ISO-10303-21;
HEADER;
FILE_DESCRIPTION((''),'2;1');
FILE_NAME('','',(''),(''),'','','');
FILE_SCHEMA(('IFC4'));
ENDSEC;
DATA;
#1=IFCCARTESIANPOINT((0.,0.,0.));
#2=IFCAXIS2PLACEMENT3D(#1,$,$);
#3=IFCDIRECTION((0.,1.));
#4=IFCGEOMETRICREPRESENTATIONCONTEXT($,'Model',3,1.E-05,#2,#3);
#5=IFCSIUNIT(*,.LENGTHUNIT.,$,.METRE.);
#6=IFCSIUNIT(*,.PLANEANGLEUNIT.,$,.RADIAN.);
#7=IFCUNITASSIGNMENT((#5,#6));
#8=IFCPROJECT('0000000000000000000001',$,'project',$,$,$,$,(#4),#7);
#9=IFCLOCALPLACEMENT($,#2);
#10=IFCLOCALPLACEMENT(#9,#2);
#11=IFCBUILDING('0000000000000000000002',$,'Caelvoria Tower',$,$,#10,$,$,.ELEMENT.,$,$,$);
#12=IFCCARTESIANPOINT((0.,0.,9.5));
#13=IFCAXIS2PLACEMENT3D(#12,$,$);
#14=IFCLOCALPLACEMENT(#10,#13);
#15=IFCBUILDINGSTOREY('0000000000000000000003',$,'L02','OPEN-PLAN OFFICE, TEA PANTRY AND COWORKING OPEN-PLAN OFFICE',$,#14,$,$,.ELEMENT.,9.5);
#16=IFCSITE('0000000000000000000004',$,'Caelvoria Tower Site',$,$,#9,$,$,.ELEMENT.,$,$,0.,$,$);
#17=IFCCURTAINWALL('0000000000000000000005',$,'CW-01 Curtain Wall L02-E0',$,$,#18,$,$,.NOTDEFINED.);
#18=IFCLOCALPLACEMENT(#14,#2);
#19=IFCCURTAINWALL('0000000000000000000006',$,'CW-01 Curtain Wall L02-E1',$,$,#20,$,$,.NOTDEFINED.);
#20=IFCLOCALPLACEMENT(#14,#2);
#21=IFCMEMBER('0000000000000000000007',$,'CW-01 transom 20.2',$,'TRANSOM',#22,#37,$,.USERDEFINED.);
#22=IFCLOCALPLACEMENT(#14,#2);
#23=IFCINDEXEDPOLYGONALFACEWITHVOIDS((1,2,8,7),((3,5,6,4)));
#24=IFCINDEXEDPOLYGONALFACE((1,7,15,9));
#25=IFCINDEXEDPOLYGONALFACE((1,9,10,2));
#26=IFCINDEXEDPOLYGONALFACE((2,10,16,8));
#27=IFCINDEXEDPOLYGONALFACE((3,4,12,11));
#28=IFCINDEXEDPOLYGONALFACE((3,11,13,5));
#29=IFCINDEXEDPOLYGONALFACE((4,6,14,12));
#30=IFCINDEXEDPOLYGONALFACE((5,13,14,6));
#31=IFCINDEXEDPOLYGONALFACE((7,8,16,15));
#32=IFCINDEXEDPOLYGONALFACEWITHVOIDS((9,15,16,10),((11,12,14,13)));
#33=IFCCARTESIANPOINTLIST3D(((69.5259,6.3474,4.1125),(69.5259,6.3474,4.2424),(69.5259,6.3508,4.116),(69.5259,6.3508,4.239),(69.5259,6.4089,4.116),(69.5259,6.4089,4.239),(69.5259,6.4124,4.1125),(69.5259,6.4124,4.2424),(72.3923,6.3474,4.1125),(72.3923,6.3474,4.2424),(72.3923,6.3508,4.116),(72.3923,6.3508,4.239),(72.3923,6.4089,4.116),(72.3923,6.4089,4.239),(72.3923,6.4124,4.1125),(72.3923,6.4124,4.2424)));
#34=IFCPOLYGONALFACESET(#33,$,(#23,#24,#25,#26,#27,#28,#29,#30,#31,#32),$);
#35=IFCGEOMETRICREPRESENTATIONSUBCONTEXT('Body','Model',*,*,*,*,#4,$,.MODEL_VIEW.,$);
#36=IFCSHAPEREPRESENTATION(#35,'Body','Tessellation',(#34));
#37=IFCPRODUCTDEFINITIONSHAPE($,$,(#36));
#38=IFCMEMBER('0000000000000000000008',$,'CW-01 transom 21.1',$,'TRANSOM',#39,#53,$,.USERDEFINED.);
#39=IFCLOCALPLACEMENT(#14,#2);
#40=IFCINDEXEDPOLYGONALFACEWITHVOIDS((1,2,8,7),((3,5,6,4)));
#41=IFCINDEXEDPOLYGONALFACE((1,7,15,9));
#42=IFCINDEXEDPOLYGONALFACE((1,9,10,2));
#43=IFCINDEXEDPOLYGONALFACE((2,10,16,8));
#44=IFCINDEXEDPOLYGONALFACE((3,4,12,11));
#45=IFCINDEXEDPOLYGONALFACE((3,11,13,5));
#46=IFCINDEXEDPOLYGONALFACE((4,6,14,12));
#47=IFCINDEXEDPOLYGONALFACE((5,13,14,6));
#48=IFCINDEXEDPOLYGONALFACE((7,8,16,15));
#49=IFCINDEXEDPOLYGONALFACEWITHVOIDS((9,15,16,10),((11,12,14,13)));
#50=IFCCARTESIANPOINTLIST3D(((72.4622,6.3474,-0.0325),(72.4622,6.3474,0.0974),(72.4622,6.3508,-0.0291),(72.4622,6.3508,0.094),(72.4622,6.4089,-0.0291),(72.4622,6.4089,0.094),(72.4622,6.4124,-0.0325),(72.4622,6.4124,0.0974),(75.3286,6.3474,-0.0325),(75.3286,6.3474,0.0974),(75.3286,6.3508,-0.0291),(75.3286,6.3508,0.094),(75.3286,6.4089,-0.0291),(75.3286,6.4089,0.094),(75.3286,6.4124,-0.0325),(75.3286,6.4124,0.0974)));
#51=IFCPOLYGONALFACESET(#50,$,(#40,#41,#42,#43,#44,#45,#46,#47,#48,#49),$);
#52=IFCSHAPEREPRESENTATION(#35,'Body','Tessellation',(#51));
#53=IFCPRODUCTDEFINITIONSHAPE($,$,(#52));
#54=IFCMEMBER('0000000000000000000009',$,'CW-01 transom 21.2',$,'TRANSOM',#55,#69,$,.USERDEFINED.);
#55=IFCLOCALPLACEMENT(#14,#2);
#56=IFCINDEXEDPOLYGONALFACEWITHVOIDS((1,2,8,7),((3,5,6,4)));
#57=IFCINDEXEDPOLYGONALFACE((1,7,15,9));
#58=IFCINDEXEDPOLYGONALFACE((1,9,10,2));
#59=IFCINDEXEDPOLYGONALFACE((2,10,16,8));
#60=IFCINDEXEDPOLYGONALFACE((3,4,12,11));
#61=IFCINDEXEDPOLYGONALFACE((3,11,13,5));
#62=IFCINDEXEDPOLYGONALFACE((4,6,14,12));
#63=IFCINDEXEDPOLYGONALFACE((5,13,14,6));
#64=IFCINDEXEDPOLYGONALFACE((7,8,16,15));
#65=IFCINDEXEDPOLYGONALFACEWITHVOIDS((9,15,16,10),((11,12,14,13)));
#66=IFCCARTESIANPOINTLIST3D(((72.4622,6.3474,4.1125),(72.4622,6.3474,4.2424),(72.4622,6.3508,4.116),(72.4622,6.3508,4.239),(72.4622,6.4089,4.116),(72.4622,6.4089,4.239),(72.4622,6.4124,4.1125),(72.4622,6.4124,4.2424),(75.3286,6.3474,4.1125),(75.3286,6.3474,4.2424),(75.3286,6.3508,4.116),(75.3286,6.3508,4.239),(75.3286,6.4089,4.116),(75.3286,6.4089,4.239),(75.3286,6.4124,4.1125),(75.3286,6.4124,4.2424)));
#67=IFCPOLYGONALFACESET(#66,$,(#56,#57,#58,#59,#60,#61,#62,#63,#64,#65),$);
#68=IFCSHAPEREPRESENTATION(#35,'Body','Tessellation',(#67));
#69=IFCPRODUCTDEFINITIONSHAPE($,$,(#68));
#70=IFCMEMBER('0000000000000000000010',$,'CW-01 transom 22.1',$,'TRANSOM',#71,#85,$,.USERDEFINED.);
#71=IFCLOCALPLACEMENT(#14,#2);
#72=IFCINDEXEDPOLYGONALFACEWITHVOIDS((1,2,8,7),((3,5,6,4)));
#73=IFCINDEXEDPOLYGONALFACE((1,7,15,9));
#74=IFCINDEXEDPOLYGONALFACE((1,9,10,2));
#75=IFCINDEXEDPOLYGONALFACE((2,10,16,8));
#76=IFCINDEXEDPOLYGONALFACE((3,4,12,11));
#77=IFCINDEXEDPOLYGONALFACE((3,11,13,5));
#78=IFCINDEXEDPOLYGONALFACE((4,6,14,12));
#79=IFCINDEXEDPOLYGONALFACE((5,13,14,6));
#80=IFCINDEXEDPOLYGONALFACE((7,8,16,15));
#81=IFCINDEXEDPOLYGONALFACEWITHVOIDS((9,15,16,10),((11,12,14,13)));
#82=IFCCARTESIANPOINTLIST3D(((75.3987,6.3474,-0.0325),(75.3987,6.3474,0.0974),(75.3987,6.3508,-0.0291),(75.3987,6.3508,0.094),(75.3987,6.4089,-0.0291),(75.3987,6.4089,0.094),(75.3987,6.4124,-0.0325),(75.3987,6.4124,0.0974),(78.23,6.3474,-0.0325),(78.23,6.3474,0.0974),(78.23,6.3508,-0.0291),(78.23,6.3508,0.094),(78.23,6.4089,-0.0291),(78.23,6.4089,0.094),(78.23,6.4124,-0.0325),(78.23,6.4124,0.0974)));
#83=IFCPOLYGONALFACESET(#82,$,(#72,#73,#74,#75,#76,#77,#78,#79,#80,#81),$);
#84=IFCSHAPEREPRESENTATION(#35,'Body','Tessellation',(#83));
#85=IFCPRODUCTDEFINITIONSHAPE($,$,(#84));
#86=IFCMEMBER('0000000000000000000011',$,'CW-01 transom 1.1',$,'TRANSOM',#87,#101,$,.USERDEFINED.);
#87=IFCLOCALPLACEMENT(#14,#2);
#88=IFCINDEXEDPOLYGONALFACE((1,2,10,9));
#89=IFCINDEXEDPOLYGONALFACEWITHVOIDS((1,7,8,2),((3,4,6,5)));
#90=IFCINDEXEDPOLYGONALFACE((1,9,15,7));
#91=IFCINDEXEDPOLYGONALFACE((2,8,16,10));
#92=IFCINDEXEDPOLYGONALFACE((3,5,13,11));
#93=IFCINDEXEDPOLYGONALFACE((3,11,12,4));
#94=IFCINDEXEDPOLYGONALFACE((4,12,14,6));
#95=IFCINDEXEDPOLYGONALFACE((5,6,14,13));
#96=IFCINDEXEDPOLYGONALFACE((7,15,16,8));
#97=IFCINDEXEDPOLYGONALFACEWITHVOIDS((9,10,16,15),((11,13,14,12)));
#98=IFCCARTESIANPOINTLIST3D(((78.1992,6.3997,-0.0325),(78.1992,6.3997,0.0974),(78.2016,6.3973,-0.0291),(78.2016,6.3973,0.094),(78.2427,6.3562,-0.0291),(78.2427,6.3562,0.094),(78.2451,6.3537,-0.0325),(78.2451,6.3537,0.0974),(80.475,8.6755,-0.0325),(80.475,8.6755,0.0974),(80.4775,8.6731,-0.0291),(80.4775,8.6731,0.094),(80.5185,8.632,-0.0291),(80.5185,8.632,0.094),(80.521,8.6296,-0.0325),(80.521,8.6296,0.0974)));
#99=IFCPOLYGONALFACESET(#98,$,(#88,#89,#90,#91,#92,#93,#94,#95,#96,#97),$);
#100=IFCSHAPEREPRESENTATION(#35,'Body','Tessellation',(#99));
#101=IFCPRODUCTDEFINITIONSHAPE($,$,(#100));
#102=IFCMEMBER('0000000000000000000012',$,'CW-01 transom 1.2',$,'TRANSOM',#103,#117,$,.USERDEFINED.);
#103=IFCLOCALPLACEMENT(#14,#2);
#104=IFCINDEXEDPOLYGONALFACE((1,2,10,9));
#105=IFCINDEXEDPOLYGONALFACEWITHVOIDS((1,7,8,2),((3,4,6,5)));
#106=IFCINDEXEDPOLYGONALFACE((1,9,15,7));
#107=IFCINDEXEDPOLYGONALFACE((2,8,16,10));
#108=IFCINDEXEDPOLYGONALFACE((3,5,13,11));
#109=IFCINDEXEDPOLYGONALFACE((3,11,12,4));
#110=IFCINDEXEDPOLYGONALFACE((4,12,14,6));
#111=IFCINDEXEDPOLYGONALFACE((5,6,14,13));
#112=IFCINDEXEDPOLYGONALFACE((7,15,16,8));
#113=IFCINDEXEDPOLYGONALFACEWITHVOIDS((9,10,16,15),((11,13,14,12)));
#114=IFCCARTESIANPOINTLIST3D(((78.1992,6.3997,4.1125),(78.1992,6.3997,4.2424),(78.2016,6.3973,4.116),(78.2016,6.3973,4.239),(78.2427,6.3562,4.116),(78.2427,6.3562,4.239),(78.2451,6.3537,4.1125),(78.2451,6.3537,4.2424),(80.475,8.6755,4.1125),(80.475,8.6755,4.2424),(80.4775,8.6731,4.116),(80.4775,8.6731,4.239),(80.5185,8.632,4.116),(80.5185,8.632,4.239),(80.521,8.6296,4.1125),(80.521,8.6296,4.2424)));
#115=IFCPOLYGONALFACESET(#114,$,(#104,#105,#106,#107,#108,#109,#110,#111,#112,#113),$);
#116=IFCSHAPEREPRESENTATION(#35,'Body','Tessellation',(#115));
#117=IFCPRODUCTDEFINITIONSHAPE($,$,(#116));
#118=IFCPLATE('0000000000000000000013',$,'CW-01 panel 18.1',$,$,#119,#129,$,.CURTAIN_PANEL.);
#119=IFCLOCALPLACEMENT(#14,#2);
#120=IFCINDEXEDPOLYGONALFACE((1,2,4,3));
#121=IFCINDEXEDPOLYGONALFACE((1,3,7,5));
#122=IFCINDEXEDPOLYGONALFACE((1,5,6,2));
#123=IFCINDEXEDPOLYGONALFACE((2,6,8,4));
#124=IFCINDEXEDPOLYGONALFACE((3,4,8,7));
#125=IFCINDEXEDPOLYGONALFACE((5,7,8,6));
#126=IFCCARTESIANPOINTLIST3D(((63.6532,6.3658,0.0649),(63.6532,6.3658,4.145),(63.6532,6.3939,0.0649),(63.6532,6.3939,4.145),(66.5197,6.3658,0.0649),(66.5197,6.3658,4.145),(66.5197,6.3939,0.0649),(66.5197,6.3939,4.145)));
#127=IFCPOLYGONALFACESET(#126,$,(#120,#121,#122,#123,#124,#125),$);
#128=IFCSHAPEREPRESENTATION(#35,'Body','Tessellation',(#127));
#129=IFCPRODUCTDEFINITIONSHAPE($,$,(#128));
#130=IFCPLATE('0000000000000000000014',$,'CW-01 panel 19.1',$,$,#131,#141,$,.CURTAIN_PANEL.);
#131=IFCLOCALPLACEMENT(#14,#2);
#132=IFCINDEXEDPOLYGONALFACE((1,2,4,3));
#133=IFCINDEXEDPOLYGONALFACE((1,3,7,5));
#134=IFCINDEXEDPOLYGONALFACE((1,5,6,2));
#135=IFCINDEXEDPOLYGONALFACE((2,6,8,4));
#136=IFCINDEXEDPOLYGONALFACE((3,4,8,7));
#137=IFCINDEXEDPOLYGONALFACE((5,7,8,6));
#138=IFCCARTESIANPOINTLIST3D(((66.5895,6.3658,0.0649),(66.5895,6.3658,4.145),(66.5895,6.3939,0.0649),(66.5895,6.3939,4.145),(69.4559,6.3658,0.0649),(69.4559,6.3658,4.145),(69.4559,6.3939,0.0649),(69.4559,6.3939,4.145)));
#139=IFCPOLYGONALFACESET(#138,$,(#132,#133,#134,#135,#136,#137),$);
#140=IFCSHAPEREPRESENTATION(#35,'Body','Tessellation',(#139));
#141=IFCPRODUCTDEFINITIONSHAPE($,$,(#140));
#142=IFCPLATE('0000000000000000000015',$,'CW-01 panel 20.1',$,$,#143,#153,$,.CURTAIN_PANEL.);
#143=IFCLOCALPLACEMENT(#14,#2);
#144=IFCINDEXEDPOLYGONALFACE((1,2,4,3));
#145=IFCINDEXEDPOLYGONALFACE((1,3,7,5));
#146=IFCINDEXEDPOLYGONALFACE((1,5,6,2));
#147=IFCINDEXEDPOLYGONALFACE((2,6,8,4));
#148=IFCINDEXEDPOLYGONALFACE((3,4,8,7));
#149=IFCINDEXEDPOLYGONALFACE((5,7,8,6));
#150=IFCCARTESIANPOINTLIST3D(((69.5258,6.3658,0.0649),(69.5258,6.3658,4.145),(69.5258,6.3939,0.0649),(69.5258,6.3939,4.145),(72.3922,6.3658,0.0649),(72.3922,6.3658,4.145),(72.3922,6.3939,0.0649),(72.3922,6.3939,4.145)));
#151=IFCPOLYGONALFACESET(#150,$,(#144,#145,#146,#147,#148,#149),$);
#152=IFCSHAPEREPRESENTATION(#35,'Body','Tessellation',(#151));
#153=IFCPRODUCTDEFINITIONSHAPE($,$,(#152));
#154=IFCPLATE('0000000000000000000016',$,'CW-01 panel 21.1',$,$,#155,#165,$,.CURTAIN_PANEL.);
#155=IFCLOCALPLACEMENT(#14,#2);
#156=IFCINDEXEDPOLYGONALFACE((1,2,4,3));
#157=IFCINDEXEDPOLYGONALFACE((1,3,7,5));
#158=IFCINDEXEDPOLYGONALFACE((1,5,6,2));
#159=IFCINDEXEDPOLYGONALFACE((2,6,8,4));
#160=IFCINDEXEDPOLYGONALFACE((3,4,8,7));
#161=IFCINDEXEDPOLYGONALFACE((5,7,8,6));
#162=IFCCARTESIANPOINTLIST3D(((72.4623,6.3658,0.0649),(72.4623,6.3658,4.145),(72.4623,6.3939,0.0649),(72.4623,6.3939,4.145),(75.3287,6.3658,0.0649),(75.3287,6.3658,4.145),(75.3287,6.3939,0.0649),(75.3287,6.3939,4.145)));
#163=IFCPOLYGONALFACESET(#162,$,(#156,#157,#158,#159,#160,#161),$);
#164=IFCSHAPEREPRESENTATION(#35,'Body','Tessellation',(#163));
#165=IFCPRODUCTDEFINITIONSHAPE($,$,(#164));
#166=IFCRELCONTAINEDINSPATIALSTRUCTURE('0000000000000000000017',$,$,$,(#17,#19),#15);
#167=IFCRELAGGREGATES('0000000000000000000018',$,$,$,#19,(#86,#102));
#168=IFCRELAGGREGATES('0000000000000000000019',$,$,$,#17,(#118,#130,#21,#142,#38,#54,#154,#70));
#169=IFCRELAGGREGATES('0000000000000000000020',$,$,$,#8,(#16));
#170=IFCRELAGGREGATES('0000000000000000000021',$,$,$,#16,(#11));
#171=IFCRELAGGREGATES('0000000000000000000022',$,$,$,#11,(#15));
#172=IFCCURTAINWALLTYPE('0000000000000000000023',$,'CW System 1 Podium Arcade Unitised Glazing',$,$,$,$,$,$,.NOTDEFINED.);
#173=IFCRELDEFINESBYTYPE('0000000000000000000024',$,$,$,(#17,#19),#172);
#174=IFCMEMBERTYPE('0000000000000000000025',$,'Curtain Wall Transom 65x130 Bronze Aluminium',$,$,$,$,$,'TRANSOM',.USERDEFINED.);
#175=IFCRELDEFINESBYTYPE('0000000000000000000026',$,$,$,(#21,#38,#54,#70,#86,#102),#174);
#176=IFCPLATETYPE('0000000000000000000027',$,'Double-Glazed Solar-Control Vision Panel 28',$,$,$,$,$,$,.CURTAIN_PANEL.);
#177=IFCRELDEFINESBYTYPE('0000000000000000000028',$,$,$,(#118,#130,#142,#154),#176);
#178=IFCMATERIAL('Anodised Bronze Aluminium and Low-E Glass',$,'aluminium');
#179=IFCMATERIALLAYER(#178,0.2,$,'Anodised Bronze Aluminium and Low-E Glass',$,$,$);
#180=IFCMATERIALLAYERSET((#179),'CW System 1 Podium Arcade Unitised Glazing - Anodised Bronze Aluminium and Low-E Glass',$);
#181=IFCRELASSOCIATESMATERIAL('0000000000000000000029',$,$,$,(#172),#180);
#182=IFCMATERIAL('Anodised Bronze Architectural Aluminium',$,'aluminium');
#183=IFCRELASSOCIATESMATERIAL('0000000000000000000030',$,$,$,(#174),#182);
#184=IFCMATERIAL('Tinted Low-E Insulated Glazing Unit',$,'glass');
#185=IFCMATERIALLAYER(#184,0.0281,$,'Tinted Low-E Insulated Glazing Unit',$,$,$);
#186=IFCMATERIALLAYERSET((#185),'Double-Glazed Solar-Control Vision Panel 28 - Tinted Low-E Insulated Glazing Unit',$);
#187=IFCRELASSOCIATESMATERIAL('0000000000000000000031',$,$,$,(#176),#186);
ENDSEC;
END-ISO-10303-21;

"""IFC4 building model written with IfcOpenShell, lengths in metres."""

from ifc_helpers import new_model, si_unit, direction, frame, origin, origin_2d, place, context, subcontext, project, spatial, rectangle, hollow_rectangle, extrude, material, layer, layer_set, material_profile, profile_set, type_object, element, aggregate, save


model = new_model("IFC4")

# Units and contexts
model_context = context("Model", 3, precision=1e-05, world=origin(), true_north=direction((0.0, 1.0)))
body_context = subcontext(model_context, "Body", "Model", "MODEL_VIEW")
ifc_project = project(units=[si_unit("LENGTHUNIT", "METRE"), si_unit("PLANEANGLEUNIT", "RADIAN")], contexts=[model_context])

# Site, building, storey
site_placement = place(None, origin())
site = spatial("IfcSite", under=ifc_project, at=site_placement, Name="Caelvoria Tower Site", CompositionType="ELEMENT", RefElevation=0.0)
building_placement = place(site_placement, origin())
building = spatial("IfcBuilding", under=site, at=building_placement, Name="Caelvoria Tower", CompositionType="ELEMENT")
storey_placement = place(building_placement, frame((0.0, 0.0, 9.5)))
storey = spatial("IfcBuildingStorey", under=building, at=storey_placement, Name="L02", Description="OPEN-PLAN OFFICE, TEA PANTRY AND COWORKING OPEN-PLAN OFFICE", CompositionType="ELEMENT", Elevation=9.5)

# Curtain wall
ifc_material_1 = material(Name="Anodised Bronze Aluminium and Low-E Glass", Category="aluminium")
ifc_layer_1 = layer(ifc_material_1, 0.2, Name="Anodised Bronze Aluminium and Low-E Glass")
ifc_layer_set_1 = layer_set([ifc_layer_1], Name="CW System 1 Podium Arcade Unitised Glazing - Anodised Bronze Aluminium and Low-E Glass")
curtain_wall_type = type_object("IfcCurtainWallType", Name="CW System 1 Podium Arcade Unitised Glazing", PredefinedType="NOTDEFINED", material=ifc_layer_set_1)
curtain_wall_1_placement = place(storey_placement, origin())
curtain_wall_1 = element("IfcCurtainWall", 1, at=curtain_wall_1_placement, inside=storey, type_object=curtain_wall_type, Name="CW-01 Curtain Wall L02-E0", PredefinedType="NOTDEFINED")
ifc_material_2 = material(Name="Anodised Bronze Architectural Aluminium", Category="aluminium")

# Curtain wall
curtain_wall_2_placement = place(storey_placement, origin())
curtain_wall_2 = element("IfcCurtainWall", 2, at=curtain_wall_2_placement, inside=storey, type_object=curtain_wall_type, Name="CW-01 Curtain Wall L02-E1", PredefinedType="NOTDEFINED")

# Members
ifc_material_profile_1 = material_profile(ifc_material_2, hollow_rectangle(XDim=0.0649, YDim=0.1299, WallThickness=0.0034, at=origin_2d()), Name="Anodised Bronze Architectural Aluminium")
ifc_profile_set_1 = profile_set([ifc_material_profile_1], Name="CW_TRAN_65X130 - Anodised Bronze Architectural Aluminium")
member_type_1 = type_object("IfcMemberType", Name="Curtain Wall Transom 65x130 Bronze Aluminium", ElementType="TRANSOM", PredefinedType="USERDEFINED", material=ifc_profile_set_1)
member_1_placement = place(storey_placement, frame((69.5259, 6.3799, 4.1775), z_axis=(1.0, 0.0, 0.0), x_axis=(0.0, 1.0, 0.0)))
member_1 = element("IfcMember", 3, at=member_1_placement, type_object=member_type_1, Name="CW-01 transom 20.2", ObjectType="TRANSOM", PredefinedType="USERDEFINED", context=body_context, shape_type="SweptSolid", body=[
    extrude(hollow_rectangle(XDim=0.0649, YDim=0.1299, WallThickness=0.0034, at=origin_2d()), origin(), (0.0, 0.0, 1.0), 2.8665),
])
member_2_placement = place(storey_placement, frame((72.4622, 6.3799, 0.0325), z_axis=(1.0, 0.0, 0.0), x_axis=(0.0, 1.0, 0.0)))
member_2 = element("IfcMember", 4, at=member_2_placement, type_object=member_type_1, Name="CW-01 transom 21.1", ObjectType="TRANSOM", PredefinedType="USERDEFINED", context=body_context, shape_type="SweptSolid", body=[
    extrude(hollow_rectangle(XDim=0.0649, YDim=0.1299, WallThickness=0.0034, at=origin_2d()), origin(), (0.0, 0.0, 1.0), 2.8665),
])
member_3_placement = place(storey_placement, frame((72.4622, 6.3799, 4.1775), z_axis=(1.0, 0.0, 0.0), x_axis=(0.0, 1.0, 0.0)))
member_3 = element("IfcMember", 5, at=member_3_placement, type_object=member_type_1, Name="CW-01 transom 21.2", ObjectType="TRANSOM", PredefinedType="USERDEFINED", context=body_context, shape_type="SweptSolid", body=[
    extrude(hollow_rectangle(XDim=0.0649, YDim=0.1299, WallThickness=0.0034, at=origin_2d()), origin(), (0.0, 0.0, 1.0), 2.8665),
])
member_4_placement = place(storey_placement, frame((75.3987, 6.3799, 0.0325), z_axis=(1.0, 0.0, 0.0), x_axis=(0.0, 1.0, 0.0)))
member_4 = element("IfcMember", 6, at=member_4_placement, type_object=member_type_1, Name="CW-01 transom 22.1", ObjectType="TRANSOM", PredefinedType="USERDEFINED", context=body_context, shape_type="SweptSolid", body=[
    extrude(hollow_rectangle(XDim=0.0649, YDim=0.1299, WallThickness=0.0034, at=origin_2d()), origin(), (0.0, 0.0, 1.0), 2.8313),
])
member_5_placement = place(storey_placement, frame((78.2222, 6.3767, 0.0325), z_axis=(0.707107, 0.707107, 0.0), x_axis=(-0.707107, 0.707107, 0.0)))
member_5 = element("IfcMember", 7, at=member_5_placement, type_object=member_type_1, Name="CW-01 transom 1.1", ObjectType="TRANSOM", PredefinedType="USERDEFINED", context=body_context, shape_type="SweptSolid", body=[
    extrude(hollow_rectangle(XDim=0.0649, YDim=0.1299, WallThickness=0.0034, at=origin_2d()), origin(), (0.0, 0.0, 1.0), 3.2185),
])
member_6_placement = place(storey_placement, frame((78.2222, 6.3767, 4.1775), z_axis=(0.707107, 0.707107, 0.0), x_axis=(-0.707107, 0.707107, 0.0)))
member_6 = element("IfcMember", 8, at=member_6_placement, type_object=member_type_1, Name="CW-01 transom 1.2", ObjectType="TRANSOM", PredefinedType="USERDEFINED", context=body_context, shape_type="SweptSolid", body=[
    extrude(hollow_rectangle(XDim=0.0649, YDim=0.1299, WallThickness=0.0034, at=origin_2d()), origin(), (0.0, 0.0, 1.0), 3.2185),
])
aggregate(curtain_wall_2, [member_5, member_6])

# Plates
ifc_material_3 = material(Name="Tinted Low-E Insulated Glazing Unit", Category="glass")
ifc_layer_2 = layer(ifc_material_3, 0.0281, Name="Tinted Low-E Insulated Glazing Unit")
ifc_layer_set_2 = layer_set([ifc_layer_2], Name="Double-Glazed Solar-Control Vision Panel 28 - Tinted Low-E Insulated Glazing Unit")
plate_type = type_object("IfcPlateType", Name="Double-Glazed Solar-Control Vision Panel 28", PredefinedType="CURTAIN_PANEL", material=ifc_layer_set_2)
plate_1_placement = place(storey_placement, frame((65.0864, 6.3799, 0.0649), z_axis=(0.0, 0.0, 1.0), x_axis=(1.0, 0.0, 0.0)))
plate_1 = element("IfcPlate", 9, at=plate_1_placement, type_object=plate_type, Name="CW-01 panel 18.1", PredefinedType="CURTAIN_PANEL", context=body_context, shape_type="SweptSolid", body=[
    extrude(rectangle(XDim=2.8665, YDim=0.0281, at=origin_2d()), origin(), (0.0, 0.0, 1.0), 4.0801),
])
plate_2_placement = place(storey_placement, frame((68.0227, 6.3799, 0.0649), z_axis=(0.0, 0.0, 1.0), x_axis=(1.0, 0.0, 0.0)))
plate_2 = element("IfcPlate", 10, at=plate_2_placement, type_object=plate_type, Name="CW-01 panel 19.1", PredefinedType="CURTAIN_PANEL", context=body_context, shape_type="SweptSolid", body=[
    extrude(rectangle(XDim=2.8665, YDim=0.0281, at=origin_2d()), origin(), (0.0, 0.0, 1.0), 4.0801),
])
plate_3_placement = place(storey_placement, frame((70.959, 6.3799, 0.0649), z_axis=(0.0, 0.0, 1.0), x_axis=(1.0, 0.0, 0.0)))
plate_3 = element("IfcPlate", 11, at=plate_3_placement, type_object=plate_type, Name="CW-01 panel 20.1", PredefinedType="CURTAIN_PANEL", context=body_context, shape_type="SweptSolid", body=[
    extrude(rectangle(XDim=2.8665, YDim=0.0281, at=origin_2d()), origin(), (0.0, 0.0, 1.0), 4.0801),
])
plate_4_placement = place(storey_placement, frame((73.8955, 6.3799, 0.0649), z_axis=(0.0, 0.0, 1.0), x_axis=(1.0, 0.0, 0.0)))
plate_4 = element("IfcPlate", 12, at=plate_4_placement, type_object=plate_type, Name="CW-01 panel 21.1", PredefinedType="CURTAIN_PANEL", context=body_context, shape_type="SweptSolid", body=[
    extrude(rectangle(XDim=2.8665, YDim=0.0281, at=origin_2d()), origin(), (0.0, 0.0, 1.0), 4.0801),
])
aggregate(curtain_wall_1, [plate_1, plate_2, member_1, plate_3, member_2, member_3, plate_4, member_4])

save(model, "model.ifc")
